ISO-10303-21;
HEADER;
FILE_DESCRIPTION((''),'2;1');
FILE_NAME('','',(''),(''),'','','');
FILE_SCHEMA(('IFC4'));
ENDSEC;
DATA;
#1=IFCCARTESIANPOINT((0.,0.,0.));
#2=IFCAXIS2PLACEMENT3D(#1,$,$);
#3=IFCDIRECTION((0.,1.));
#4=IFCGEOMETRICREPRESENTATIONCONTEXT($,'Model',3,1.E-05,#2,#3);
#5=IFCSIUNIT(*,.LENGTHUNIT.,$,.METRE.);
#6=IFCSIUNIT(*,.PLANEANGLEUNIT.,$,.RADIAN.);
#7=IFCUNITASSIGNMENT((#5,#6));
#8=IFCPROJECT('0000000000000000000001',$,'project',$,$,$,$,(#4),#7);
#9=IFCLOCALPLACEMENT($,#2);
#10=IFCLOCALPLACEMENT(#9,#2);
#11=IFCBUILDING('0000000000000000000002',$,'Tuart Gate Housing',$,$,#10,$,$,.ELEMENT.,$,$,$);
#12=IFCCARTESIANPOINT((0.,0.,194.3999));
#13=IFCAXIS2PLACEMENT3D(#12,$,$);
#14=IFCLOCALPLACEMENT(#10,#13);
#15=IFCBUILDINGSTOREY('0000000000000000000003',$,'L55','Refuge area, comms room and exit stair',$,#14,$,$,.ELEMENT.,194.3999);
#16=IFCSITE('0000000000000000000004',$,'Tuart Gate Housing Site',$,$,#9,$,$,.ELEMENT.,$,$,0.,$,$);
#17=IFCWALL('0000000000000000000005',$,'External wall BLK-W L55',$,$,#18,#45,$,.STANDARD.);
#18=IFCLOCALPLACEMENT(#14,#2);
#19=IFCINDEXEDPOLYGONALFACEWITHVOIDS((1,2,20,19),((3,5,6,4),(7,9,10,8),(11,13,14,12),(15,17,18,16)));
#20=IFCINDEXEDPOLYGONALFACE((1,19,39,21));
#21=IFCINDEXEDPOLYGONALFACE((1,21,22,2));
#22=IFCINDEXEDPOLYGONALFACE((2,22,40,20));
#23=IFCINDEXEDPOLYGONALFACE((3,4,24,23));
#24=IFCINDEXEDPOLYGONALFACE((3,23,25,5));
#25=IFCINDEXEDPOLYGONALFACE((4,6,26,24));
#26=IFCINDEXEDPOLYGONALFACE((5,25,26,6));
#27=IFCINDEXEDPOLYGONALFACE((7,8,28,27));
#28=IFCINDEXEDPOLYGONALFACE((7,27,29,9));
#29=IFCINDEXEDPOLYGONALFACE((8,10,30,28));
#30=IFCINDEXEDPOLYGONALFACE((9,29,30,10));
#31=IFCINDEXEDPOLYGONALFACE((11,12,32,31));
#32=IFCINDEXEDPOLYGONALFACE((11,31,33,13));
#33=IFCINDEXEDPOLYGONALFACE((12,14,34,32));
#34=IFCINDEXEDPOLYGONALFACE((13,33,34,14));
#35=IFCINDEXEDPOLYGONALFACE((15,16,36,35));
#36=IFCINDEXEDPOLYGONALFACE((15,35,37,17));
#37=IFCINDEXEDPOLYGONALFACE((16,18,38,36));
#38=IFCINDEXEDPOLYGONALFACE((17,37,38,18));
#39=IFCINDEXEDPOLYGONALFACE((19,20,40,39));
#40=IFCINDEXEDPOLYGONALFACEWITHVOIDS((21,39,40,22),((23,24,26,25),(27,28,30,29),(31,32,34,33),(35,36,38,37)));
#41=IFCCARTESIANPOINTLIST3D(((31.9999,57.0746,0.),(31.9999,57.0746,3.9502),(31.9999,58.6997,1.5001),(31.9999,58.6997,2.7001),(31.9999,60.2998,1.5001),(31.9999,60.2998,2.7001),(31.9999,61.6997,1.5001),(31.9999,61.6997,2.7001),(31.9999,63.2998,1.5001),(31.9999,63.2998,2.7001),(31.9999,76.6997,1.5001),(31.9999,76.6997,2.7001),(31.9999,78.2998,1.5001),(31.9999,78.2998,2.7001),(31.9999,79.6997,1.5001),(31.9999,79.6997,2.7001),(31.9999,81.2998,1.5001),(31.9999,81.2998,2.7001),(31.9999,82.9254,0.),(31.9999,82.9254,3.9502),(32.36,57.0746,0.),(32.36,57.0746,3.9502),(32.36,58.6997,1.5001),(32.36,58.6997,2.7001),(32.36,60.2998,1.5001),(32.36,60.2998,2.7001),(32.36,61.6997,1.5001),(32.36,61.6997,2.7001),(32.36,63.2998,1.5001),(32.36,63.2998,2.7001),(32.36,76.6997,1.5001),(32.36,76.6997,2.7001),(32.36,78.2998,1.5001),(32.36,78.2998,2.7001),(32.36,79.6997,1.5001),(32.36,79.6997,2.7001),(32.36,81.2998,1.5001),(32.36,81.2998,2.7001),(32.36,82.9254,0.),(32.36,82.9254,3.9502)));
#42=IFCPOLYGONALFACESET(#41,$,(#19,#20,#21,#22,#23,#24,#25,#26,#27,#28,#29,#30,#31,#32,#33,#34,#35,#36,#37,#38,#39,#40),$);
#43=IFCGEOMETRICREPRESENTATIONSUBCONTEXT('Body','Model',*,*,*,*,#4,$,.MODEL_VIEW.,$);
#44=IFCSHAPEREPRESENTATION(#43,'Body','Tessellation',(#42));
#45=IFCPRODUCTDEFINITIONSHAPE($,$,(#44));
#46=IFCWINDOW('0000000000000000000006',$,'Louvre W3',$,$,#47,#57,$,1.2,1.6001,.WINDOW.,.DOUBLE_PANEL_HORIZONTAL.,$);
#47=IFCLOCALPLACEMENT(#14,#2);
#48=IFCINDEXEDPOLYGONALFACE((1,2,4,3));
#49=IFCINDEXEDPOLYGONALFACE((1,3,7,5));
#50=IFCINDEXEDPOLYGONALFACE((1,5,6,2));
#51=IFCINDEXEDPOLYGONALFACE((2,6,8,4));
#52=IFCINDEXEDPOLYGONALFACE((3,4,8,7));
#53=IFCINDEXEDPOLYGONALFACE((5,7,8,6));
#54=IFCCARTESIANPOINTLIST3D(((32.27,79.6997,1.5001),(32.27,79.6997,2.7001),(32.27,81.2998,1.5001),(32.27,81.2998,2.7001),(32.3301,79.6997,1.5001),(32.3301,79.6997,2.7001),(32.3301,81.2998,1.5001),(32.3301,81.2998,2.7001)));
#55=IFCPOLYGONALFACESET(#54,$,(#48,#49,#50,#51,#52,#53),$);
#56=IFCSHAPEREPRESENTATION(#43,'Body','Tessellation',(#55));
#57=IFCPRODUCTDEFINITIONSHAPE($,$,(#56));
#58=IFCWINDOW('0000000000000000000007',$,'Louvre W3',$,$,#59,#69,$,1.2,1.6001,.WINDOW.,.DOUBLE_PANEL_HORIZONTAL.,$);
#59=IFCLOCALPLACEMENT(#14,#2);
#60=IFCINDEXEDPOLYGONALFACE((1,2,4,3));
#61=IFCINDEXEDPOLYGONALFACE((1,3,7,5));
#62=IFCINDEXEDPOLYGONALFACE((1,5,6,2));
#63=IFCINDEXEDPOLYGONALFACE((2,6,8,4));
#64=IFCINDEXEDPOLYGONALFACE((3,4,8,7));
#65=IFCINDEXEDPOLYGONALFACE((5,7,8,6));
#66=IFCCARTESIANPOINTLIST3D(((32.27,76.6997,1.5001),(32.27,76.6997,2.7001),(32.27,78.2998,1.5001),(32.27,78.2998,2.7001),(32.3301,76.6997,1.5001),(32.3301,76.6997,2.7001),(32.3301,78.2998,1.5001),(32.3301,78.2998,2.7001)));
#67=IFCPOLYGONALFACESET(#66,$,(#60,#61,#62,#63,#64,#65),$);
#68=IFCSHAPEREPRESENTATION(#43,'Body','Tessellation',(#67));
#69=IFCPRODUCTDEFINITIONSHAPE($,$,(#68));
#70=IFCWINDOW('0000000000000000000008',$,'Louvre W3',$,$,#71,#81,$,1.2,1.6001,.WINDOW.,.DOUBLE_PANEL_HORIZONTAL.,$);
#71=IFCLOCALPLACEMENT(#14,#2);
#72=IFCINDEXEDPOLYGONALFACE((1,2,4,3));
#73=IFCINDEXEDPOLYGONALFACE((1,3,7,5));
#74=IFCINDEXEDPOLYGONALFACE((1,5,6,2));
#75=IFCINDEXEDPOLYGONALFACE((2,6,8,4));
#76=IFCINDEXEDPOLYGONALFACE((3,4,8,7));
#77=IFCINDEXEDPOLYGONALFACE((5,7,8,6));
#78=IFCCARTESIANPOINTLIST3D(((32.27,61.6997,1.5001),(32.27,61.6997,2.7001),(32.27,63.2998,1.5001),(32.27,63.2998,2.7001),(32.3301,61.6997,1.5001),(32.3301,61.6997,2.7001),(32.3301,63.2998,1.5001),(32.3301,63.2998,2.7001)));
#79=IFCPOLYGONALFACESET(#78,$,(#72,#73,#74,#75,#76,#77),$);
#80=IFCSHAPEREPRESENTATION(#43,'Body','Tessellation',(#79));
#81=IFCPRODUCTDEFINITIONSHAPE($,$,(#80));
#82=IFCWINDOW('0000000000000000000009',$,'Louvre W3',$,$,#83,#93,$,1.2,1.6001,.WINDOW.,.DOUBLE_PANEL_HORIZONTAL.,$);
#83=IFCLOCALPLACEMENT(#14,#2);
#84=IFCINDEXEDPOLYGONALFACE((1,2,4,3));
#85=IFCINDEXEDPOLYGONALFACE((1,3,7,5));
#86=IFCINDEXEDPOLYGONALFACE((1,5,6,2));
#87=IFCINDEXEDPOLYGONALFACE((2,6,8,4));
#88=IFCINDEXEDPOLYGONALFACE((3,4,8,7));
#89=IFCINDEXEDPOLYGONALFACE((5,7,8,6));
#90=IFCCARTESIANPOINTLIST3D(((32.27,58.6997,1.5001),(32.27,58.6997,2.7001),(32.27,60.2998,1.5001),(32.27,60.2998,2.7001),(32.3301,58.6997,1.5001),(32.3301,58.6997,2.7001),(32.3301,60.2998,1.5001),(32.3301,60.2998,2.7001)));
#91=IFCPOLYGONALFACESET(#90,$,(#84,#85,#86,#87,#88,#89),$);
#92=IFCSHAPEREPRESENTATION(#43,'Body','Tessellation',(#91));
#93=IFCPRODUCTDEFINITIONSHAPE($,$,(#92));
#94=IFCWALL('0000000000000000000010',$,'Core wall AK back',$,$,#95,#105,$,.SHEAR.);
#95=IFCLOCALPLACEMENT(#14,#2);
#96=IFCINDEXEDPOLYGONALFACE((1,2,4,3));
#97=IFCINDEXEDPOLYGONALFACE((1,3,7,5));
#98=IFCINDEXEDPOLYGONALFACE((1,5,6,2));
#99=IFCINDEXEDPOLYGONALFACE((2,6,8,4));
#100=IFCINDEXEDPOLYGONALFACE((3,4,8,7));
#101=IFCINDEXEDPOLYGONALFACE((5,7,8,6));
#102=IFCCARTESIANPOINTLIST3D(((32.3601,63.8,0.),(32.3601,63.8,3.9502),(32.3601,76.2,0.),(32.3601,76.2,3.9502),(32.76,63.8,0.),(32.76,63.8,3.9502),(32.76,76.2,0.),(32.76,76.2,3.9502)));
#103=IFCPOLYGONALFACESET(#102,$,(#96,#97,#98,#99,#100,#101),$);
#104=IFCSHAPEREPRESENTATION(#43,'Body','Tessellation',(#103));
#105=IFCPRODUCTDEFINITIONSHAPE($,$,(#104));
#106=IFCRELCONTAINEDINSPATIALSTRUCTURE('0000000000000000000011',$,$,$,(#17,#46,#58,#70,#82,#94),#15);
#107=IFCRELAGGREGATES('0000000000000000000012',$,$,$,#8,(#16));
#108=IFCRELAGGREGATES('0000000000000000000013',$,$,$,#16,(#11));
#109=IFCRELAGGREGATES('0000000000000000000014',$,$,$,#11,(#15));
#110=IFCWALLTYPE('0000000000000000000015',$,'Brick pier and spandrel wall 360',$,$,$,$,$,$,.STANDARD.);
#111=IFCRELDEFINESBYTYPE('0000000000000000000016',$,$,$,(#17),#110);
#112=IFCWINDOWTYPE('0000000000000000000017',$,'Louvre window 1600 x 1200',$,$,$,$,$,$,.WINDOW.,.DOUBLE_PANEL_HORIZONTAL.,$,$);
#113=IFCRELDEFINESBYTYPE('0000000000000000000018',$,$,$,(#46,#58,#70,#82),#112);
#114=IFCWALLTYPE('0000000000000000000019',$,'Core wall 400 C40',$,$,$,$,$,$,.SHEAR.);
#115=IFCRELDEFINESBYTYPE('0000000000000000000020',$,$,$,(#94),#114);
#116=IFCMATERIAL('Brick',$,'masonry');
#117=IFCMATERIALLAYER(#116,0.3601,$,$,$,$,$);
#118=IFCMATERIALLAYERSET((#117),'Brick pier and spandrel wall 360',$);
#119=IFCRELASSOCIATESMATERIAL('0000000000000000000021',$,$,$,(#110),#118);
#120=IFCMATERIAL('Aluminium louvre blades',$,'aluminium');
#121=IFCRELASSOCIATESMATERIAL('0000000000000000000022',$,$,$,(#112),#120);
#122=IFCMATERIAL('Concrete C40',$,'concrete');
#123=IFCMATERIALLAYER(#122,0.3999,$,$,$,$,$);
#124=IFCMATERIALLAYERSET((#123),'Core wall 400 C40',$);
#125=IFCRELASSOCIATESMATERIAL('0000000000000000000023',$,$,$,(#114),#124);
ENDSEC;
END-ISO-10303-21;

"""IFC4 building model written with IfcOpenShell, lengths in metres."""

from ifc_helpers import new_model, si_unit, direction, frame, frame_2d, origin, place, context, subcontext, project, spatial, rectangle, extrude, material, layer, layer_set, type_object, element, fill, save


model = new_model("IFC4")

# Units and contexts
model_context = context("Model", 3, precision=1e-05, world=origin(), true_north=direction((0.0, 1.0)))
body_context = subcontext(model_context, "Body", "Model", "MODEL_VIEW")
ifc_project = project(units=[si_unit("LENGTHUNIT", "METRE"), si_unit("PLANEANGLEUNIT", "RADIAN")], contexts=[model_context])

# Site, building, storey
site_placement = place(None, origin())
site = spatial("IfcSite", under=ifc_project, at=site_placement, Name="Tuart Gate Housing Site", CompositionType="ELEMENT", RefElevation=0.0)
building_placement = place(site_placement, origin())
building = spatial("IfcBuilding", under=site, at=building_placement, Name="Tuart Gate Housing", CompositionType="ELEMENT")
storey_placement = place(building_placement, frame((0.0, 0.0, 194.3999)))
storey = spatial("IfcBuildingStorey", under=building, at=storey_placement, Name="L55", Description="Refuge area, comms room and exit stair", CompositionType="ELEMENT", Elevation=194.3999)

# Shared definitions
ifc_material_1 = material(Name="Brick", Category="masonry")
ifc_layer_1 = layer(ifc_material_1, 0.3601)
ifc_layer_set_1 = layer_set([ifc_layer_1], Name="Brick pier and spandrel wall 360")
wall_type_1 = type_object("IfcWallType", Name="Brick pier and spandrel wall 360", PredefinedType="STANDARD", material=ifc_layer_set_1)

# Wall, openings, windows
wall_1_placement = place(storey_placement, frame((32.1799, 82.9253, 0.0), z_axis=(0.0, 0.0, 1.0), x_axis=(0.0, -1.0, 0.0)))
wall_1 = element("IfcWall", 1, at=wall_1_placement, inside=storey, type_object=wall_type_1, Name="External wall BLK-W L55", PredefinedType="STANDARD", context=body_context, shape_type="SweptSolid", body=[
    extrude(rectangle(XDim=25.8508, YDim=0.3601, at=frame_2d((12.9253, 0.0))), origin(), (0.0, 0.0, 1.0), 3.9502),
])
opening_1_placement = place(wall_1_placement, frame((1.6255, 0.0, 1.5)))
opening_1 = element("IfcOpeningElement", 2, at=opening_1_placement, cuts=wall_1, PredefinedType="OPENING", context=body_context, shape_type="SweptSolid", body=[
    extrude(rectangle(XDim=1.6001, YDim=1.2, at=frame_2d((0.8, 0.6001))), frame((0.0, 0.1899, 0.0), z_axis=(0.0, -1.0, 0.0), x_axis=(1.0, 0.0, 0.0)), (0.0, 0.0, 1.0), 0.3801),
])
opening_2_placement = place(wall_1_placement, frame((4.6255, 0.0, 1.5)))
opening_2 = element("IfcOpeningElement", 3, at=opening_2_placement, cuts=wall_1, PredefinedType="OPENING", context=body_context, shape_type="SweptSolid", body=[
    extrude(rectangle(XDim=1.6001, YDim=1.2, at=frame_2d((0.8, 0.6001))), frame((0.0, 0.1899, 0.0), z_axis=(0.0, -1.0, 0.0), x_axis=(1.0, 0.0, 0.0)), (0.0, 0.0, 1.0), 0.3801),
])
opening_3_placement = place(wall_1_placement, frame((19.6255, 0.0, 1.5)))
opening_3 = element("IfcOpeningElement", 4, at=opening_3_placement, cuts=wall_1, PredefinedType="OPENING", context=body_context, shape_type="SweptSolid", body=[
    extrude(rectangle(XDim=1.6001, YDim=1.2, at=frame_2d((0.8, 0.6001))), frame((0.0, 0.1899, 0.0), z_axis=(0.0, -1.0, 0.0), x_axis=(1.0, 0.0, 0.0)), (0.0, 0.0, 1.0), 0.3801),
])
opening_4_placement = place(wall_1_placement, frame((22.6255, 0.0, 1.5)))
opening_4 = element("IfcOpeningElement", 5, at=opening_4_placement, cuts=wall_1, PredefinedType="OPENING", context=body_context, shape_type="SweptSolid", body=[
    extrude(rectangle(XDim=1.6001, YDim=1.2, at=frame_2d((0.8, 0.6001))), frame((0.0, 0.1899, 0.0), z_axis=(0.0, -1.0, 0.0), x_axis=(1.0, 0.0, 0.0)), (0.0, 0.0, 1.0), 0.3801),
])
ifc_material_2 = material(Name="Aluminium louvre blades", Category="aluminium")
window_type = type_object("IfcWindowType", Name="Louvre window 1600 x 1200", PartitioningType="DOUBLE_PANEL_HORIZONTAL", PredefinedType="WINDOW", material=ifc_material_2)
window_1_placement = place(opening_1_placement, origin())
window_1 = element("IfcWindow", 6, at=window_1_placement, inside=storey, type_object=window_type, Name="Louvre W3", OverallHeight=1.2, OverallWidth=1.6001, PartitioningType="DOUBLE_PANEL_HORIZONTAL", PredefinedType="WINDOW", context=body_context, shape_type="SweptSolid", body=[
    extrude(rectangle(XDim=1.6001, YDim=1.2, at=frame_2d((0.8, 0.6001))), frame((0.0, 0.1501, 0.0), z_axis=(0.0, -1.0, 0.0), x_axis=(1.0, 0.0, 0.0)), (0.0, 0.0, 1.0), 0.0601),
])
fill(opening_1, window_1)
window_2_placement = place(opening_2_placement, origin())
window_2 = element("IfcWindow", 7, at=window_2_placement, inside=storey, type_object=window_type, Name="Louvre W3", OverallHeight=1.2, OverallWidth=1.6001, PartitioningType="DOUBLE_PANEL_HORIZONTAL", PredefinedType="WINDOW", context=body_context, shape_type="SweptSolid", body=[
    extrude(rectangle(XDim=1.6001, YDim=1.2, at=frame_2d((0.8, 0.6001))), frame((0.0, 0.1501, 0.0), z_axis=(0.0, -1.0, 0.0), x_axis=(1.0, 0.0, 0.0)), (0.0, 0.0, 1.0), 0.0601),
])
fill(opening_2, window_2)
window_3_placement = place(opening_3_placement, origin())
window_3 = element("IfcWindow", 8, at=window_3_placement, inside=storey, type_object=window_type, Name="Louvre W3", OverallHeight=1.2, OverallWidth=1.6001, PartitioningType="DOUBLE_PANEL_HORIZONTAL", PredefinedType="WINDOW", context=body_context, shape_type="SweptSolid", body=[
    extrude(rectangle(XDim=1.6001, YDim=1.2, at=frame_2d((0.8, 0.6001))), frame((0.0, 0.1501, 0.0), z_axis=(0.0, -1.0, 0.0), x_axis=(1.0, 0.0, 0.0)), (0.0, 0.0, 1.0), 0.0601),
])
fill(opening_3, window_3)
window_4_placement = place(opening_4_placement, origin())
window_4 = element("IfcWindow", 9, at=window_4_placement, inside=storey, type_object=window_type, Name="Louvre W3", OverallHeight=1.2, OverallWidth=1.6001, PartitioningType="DOUBLE_PANEL_HORIZONTAL", PredefinedType="WINDOW", context=body_context, shape_type="SweptSolid", body=[
    extrude(rectangle(XDim=1.6001, YDim=1.2, at=frame_2d((0.8, 0.6001))), frame((0.0, 0.1501, 0.0), z_axis=(0.0, -1.0, 0.0), x_axis=(1.0, 0.0, 0.0)), (0.0, 0.0, 1.0), 0.0601),
])
fill(opening_4, window_4)

# Wall
ifc_material_3 = material(Name="Concrete C40", Category="concrete")
ifc_layer_2 = layer(ifc_material_3, 0.3999)
ifc_layer_set_2 = layer_set([ifc_layer_2], Name="Core wall 400 C40")
wall_type_2 = type_object("IfcWallType", Name="Core wall 400 C40", PredefinedType="SHEAR", material=ifc_layer_set_2)
wall_2_placement = place(storey_placement, frame((32.5601, 76.2, 0.0), z_axis=(0.0, 0.0, 1.0), x_axis=(0.0, -1.0, 0.0)))
element("IfcWall", 10, at=wall_2_placement, inside=storey, type_object=wall_type_2, Name="Core wall AK back", PredefinedType="SHEAR", context=body_context, shape_type="SweptSolid", body=[
    extrude(rectangle(XDim=12.3999, YDim=0.3999, at=frame_2d((6.2, 0.0))), origin(), (0.0, 0.0, 1.0), 3.9502),
])

save(model, "model.ifc")
